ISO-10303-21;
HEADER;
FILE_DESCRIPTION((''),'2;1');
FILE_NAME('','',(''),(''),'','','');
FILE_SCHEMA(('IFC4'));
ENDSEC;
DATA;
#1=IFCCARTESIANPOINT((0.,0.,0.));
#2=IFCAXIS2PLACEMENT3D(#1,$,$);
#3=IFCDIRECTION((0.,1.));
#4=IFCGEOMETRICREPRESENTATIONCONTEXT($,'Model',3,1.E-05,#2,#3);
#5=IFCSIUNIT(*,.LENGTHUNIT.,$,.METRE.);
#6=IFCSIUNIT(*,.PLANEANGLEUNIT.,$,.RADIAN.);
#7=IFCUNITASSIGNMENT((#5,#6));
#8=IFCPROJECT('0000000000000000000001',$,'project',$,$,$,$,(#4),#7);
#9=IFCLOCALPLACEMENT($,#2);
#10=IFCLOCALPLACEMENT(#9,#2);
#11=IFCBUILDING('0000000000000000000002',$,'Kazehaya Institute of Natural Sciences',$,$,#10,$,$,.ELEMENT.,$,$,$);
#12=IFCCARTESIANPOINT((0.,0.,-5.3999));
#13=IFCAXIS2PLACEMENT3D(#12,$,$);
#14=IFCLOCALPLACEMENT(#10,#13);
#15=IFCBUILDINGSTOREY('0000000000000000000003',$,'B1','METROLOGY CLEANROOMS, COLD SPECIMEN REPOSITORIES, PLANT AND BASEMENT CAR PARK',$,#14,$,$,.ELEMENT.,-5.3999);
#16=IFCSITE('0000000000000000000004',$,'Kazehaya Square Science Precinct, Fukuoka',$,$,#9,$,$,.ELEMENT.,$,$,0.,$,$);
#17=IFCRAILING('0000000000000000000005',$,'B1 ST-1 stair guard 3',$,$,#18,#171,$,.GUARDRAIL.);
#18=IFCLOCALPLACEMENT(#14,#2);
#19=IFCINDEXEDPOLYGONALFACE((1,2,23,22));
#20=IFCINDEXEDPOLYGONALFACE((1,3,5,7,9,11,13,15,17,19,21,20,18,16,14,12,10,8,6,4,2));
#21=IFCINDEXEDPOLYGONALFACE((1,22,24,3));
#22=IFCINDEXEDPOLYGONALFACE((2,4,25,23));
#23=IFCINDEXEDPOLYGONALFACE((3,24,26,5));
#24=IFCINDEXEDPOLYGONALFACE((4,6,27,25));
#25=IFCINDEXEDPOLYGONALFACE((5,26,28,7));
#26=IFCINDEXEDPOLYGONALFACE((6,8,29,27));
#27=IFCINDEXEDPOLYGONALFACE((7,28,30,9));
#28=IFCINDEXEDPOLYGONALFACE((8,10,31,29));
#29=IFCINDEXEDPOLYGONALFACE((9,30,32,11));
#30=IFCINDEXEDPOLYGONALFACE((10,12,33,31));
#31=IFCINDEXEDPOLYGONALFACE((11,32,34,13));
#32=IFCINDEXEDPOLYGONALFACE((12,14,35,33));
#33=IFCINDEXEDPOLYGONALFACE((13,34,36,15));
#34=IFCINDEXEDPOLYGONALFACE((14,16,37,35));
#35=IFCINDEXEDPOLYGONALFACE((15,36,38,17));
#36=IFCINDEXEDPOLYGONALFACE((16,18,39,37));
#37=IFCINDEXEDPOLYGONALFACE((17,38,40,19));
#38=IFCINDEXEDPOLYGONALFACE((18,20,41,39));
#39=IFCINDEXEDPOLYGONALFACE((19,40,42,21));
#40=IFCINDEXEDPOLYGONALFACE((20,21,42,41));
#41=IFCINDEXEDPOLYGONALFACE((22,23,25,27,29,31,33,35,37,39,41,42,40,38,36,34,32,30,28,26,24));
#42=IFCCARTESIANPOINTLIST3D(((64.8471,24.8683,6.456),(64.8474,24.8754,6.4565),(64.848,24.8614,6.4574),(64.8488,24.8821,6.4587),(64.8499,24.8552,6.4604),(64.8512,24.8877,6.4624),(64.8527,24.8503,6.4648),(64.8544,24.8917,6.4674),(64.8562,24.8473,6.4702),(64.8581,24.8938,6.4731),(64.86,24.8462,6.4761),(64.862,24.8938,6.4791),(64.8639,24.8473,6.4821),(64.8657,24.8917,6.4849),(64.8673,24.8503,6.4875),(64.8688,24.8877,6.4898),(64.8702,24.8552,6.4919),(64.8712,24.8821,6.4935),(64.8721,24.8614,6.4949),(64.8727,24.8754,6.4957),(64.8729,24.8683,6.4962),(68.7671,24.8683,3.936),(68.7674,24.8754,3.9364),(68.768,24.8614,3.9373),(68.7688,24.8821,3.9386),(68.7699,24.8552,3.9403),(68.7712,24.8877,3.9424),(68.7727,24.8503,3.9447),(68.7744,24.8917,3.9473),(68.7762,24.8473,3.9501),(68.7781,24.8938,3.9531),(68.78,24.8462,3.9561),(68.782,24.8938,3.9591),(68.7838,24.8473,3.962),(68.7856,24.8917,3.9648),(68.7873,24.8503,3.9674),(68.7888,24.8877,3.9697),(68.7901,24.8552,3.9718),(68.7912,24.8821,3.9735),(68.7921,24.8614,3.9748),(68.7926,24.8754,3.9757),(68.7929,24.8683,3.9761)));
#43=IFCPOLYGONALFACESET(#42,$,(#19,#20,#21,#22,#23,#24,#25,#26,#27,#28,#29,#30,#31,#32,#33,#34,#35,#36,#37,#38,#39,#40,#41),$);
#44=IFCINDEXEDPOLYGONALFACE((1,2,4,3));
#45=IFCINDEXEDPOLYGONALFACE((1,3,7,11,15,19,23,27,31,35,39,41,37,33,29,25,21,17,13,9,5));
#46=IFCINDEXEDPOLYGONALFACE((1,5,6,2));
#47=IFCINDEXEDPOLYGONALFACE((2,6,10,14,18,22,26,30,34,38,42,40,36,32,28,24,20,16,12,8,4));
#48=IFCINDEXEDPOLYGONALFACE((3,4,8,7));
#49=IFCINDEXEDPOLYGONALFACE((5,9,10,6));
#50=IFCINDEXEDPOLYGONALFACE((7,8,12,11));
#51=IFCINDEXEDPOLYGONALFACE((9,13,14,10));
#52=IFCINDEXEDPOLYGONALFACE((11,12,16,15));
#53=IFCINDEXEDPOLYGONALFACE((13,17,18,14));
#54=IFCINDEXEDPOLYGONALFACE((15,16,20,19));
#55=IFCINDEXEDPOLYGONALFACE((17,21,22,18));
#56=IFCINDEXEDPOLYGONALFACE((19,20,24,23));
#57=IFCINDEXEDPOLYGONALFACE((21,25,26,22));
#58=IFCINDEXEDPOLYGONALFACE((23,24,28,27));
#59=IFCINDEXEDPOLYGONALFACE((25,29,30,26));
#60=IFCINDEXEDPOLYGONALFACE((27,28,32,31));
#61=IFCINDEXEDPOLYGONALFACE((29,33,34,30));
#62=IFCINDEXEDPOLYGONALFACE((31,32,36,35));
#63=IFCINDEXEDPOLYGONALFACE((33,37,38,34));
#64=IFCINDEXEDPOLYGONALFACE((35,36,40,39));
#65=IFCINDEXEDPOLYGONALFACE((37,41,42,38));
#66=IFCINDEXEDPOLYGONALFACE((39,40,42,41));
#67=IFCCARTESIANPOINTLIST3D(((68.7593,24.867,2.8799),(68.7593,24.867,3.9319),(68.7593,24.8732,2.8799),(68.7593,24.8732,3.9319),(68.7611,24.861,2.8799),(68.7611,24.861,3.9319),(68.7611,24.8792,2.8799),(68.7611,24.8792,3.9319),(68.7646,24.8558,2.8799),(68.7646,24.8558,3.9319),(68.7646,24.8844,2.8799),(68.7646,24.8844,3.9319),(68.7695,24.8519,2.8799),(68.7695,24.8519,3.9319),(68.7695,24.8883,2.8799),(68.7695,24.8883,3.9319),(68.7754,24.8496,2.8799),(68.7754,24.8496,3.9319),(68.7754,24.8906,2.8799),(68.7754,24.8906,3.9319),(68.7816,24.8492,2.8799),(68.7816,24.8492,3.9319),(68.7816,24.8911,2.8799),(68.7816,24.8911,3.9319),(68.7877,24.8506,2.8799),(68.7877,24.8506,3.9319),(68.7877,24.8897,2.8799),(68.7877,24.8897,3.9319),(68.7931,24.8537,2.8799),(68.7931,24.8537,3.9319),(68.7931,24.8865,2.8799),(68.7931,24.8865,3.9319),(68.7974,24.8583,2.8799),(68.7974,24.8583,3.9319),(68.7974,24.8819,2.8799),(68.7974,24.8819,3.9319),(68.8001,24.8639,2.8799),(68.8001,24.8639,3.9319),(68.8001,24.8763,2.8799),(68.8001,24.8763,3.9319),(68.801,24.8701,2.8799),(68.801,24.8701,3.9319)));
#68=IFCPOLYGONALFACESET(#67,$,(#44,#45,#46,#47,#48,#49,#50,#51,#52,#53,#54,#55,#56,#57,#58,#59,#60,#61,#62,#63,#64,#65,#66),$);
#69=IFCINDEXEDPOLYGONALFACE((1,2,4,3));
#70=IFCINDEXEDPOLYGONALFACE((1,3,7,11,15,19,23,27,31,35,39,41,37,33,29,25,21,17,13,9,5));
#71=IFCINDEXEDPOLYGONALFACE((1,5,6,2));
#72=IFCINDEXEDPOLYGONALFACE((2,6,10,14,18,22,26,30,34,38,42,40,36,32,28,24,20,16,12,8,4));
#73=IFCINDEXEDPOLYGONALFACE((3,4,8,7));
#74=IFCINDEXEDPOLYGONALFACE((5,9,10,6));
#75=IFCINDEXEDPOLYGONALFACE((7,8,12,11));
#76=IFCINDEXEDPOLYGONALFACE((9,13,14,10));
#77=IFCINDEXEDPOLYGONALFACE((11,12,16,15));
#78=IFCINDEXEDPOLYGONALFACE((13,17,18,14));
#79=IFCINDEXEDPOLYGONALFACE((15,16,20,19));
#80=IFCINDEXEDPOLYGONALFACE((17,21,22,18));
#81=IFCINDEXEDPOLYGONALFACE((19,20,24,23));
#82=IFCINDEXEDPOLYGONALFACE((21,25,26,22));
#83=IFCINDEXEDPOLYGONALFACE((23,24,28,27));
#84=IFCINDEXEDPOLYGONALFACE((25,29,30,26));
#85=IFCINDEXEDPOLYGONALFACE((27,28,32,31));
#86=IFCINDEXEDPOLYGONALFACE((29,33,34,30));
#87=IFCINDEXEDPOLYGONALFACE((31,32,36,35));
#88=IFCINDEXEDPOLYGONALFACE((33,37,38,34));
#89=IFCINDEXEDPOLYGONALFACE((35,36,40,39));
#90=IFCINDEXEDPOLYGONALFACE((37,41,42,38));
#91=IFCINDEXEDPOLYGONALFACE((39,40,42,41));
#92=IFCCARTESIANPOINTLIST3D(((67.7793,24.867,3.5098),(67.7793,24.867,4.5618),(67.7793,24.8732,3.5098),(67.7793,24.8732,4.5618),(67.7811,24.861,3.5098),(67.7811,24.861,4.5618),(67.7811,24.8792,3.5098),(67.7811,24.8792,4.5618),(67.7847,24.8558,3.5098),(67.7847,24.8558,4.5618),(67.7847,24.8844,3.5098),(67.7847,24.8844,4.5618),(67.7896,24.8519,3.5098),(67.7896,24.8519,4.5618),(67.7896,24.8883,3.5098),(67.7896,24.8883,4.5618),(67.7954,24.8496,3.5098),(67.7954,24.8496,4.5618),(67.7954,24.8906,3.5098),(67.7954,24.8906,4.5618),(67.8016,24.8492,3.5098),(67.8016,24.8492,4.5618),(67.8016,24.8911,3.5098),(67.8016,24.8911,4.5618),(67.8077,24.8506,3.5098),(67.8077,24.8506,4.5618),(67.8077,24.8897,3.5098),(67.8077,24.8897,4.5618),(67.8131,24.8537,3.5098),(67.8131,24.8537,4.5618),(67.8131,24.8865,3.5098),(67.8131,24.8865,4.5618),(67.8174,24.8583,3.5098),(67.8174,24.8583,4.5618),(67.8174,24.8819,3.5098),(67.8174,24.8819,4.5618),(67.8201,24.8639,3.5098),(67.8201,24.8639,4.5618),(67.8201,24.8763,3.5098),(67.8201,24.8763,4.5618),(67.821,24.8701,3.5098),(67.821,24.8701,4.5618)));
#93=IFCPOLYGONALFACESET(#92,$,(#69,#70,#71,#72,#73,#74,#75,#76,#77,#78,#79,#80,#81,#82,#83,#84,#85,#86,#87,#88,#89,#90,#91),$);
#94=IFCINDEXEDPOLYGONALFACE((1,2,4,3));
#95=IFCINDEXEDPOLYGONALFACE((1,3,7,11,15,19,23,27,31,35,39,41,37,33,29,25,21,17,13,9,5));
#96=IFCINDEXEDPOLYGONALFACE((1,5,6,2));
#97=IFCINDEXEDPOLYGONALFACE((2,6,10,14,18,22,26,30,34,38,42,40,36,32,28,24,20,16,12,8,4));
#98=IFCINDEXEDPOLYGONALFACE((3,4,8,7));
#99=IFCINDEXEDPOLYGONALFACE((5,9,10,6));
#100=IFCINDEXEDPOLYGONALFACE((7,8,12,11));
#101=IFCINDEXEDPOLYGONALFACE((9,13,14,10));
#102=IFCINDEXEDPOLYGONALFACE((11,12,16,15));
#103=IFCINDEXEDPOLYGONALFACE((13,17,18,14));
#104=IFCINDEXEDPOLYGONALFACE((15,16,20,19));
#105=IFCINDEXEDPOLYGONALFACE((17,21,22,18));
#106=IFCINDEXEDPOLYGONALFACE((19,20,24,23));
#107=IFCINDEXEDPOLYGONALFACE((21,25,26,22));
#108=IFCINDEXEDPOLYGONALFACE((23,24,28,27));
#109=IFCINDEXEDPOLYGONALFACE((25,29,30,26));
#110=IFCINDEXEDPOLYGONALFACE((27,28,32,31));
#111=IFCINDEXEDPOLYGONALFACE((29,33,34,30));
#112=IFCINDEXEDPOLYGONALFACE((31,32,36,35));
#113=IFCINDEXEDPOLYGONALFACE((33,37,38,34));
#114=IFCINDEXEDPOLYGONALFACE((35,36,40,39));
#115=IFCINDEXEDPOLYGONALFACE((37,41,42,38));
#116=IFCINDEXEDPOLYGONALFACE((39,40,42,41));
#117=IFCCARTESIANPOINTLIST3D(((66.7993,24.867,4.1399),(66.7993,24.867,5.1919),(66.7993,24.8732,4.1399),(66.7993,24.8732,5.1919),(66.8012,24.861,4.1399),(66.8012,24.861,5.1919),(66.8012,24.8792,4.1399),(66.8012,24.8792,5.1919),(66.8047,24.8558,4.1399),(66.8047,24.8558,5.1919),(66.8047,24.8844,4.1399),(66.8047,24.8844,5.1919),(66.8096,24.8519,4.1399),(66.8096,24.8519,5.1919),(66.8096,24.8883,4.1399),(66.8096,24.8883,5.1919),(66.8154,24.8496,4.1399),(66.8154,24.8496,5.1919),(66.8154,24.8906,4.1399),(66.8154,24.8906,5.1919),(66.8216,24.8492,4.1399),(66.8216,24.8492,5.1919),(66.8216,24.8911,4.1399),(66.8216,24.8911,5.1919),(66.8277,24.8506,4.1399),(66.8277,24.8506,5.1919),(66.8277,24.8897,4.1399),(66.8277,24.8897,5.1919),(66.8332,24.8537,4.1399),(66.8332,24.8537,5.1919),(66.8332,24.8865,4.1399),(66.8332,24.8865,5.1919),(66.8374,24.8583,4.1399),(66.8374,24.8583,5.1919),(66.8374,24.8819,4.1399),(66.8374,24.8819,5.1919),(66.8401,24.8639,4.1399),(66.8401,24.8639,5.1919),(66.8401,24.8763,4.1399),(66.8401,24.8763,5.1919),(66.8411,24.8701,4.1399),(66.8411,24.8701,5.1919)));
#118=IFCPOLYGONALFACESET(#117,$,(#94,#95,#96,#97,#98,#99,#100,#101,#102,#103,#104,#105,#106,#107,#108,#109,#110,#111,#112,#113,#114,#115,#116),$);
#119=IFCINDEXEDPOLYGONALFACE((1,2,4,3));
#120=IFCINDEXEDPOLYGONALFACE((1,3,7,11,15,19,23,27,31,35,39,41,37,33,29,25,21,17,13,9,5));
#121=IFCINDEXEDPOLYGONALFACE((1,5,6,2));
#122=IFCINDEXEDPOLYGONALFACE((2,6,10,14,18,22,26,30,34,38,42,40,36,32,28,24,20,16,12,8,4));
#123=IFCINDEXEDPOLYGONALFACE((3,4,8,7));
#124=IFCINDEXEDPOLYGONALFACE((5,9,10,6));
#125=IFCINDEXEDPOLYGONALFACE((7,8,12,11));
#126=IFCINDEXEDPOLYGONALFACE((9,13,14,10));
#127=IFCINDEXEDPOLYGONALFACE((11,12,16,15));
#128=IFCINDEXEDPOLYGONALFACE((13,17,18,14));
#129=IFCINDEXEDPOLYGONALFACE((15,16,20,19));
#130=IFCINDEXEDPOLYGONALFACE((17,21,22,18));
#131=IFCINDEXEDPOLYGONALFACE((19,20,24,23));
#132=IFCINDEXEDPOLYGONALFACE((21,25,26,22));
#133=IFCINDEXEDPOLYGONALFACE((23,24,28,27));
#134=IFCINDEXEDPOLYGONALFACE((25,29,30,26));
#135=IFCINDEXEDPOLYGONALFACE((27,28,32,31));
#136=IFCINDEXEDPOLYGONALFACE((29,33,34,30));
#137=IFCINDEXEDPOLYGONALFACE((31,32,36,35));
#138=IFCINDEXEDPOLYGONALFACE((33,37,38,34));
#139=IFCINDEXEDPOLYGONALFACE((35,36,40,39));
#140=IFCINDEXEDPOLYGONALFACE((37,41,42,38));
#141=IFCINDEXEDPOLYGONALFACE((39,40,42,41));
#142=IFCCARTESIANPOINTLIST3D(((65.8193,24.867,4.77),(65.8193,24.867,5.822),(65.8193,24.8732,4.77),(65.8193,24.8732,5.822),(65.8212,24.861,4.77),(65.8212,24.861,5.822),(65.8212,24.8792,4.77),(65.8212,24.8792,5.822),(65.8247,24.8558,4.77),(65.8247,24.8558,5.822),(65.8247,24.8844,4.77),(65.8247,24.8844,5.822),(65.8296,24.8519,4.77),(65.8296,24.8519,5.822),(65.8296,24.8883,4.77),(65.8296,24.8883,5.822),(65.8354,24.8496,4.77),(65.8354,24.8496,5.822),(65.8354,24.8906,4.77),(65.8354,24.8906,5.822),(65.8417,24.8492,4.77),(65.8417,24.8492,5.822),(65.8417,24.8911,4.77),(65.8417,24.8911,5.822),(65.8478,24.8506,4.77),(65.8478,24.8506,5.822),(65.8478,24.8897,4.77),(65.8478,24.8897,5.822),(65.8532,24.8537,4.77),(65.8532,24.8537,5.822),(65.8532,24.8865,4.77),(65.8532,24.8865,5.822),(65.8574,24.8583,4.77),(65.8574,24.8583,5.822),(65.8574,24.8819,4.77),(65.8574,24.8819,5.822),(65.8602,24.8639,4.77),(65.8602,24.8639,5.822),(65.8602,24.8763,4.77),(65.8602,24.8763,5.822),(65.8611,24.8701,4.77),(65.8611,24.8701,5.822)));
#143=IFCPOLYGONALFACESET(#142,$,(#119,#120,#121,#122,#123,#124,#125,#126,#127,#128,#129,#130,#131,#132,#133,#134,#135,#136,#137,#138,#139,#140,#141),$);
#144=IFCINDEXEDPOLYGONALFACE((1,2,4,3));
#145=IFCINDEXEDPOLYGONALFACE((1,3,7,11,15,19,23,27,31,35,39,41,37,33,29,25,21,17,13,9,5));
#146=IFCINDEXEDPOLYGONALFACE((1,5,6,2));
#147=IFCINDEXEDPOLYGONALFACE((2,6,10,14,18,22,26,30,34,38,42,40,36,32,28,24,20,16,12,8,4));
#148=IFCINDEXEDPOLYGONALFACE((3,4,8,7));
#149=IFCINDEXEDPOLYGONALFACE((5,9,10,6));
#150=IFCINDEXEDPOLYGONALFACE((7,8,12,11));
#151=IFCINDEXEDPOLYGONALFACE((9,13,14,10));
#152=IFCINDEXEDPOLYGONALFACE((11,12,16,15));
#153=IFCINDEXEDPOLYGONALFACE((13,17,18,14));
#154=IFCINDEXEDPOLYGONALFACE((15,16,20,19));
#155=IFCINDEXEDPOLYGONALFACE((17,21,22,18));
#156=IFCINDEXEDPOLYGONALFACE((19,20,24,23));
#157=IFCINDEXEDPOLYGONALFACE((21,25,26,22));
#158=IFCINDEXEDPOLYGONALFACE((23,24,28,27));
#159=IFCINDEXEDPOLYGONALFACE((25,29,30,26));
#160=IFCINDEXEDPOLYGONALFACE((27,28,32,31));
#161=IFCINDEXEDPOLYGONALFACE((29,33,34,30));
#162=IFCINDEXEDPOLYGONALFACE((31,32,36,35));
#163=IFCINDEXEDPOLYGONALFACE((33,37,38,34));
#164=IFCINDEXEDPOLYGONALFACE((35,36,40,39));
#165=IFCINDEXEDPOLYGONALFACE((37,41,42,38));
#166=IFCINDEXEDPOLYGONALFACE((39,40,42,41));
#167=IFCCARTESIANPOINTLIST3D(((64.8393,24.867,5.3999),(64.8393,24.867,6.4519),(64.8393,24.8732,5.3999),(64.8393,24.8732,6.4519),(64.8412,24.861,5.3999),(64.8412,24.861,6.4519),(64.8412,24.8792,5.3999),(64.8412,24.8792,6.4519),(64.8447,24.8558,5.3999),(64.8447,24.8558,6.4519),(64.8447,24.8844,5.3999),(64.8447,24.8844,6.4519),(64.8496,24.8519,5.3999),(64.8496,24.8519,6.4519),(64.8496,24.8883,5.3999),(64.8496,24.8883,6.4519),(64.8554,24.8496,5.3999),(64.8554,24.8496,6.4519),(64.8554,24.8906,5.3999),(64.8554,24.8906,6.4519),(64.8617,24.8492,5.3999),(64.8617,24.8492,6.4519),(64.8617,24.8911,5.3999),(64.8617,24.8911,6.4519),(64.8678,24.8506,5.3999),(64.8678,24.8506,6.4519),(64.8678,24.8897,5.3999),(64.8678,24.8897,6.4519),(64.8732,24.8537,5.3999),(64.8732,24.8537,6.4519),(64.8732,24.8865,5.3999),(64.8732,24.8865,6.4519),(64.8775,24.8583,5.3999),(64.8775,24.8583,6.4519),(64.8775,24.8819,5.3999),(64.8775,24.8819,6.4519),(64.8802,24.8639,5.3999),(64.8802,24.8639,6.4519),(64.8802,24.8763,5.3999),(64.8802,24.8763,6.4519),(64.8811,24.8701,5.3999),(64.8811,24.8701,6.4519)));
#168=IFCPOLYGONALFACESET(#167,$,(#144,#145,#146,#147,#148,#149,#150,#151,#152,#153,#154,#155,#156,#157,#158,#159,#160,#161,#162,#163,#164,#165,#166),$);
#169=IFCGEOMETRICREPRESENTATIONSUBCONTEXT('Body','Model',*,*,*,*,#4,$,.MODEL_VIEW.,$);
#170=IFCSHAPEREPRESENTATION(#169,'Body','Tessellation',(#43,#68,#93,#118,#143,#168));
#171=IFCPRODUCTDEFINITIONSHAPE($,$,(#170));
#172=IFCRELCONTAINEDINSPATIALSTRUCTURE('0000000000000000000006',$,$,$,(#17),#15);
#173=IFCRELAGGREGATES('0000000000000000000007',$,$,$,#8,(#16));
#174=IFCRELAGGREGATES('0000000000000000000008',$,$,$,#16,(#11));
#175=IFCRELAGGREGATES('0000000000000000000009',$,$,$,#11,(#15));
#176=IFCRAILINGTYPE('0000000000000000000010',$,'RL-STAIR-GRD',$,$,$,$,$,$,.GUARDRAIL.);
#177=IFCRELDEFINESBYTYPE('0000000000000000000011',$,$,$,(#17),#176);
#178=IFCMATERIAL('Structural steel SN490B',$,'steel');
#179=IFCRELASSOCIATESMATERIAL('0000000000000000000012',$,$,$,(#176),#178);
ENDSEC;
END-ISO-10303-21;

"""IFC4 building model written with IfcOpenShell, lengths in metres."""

from ifc_helpers import new_model, si_unit, direction, frame, origin, origin_2d, place, context, subcontext, project, spatial, circle, extrude, material, type_object, element, save


model = new_model("IFC4")

# Units and contexts
model_context = context("Model", 3, precision=1e-05, world=origin(), true_north=direction((0.0, 1.0)))
body_context = subcontext(model_context, "Body", "Model", "MODEL_VIEW")
ifc_project = project(units=[si_unit("LENGTHUNIT", "METRE"), si_unit("PLANEANGLEUNIT", "RADIAN")], contexts=[model_context])

# Site, building, storey
site_placement = place(None, origin())
site = spatial("IfcSite", under=ifc_project, at=site_placement, Name="Kazehaya Square Science Precinct, Fukuoka", CompositionType="ELEMENT", RefElevation=0.0)
building_placement = place(site_placement, origin())
building = spatial("IfcBuilding", under=site, at=building_placement, Name="Kazehaya Institute of Natural Sciences", CompositionType="ELEMENT")
storey_placement = place(building_placement, frame((0.0, 0.0, -5.3999)))
storey = spatial("IfcBuildingStorey", under=building, at=storey_placement, Name="B1", Description="METROLOGY CLEANROOMS, COLD SPECIMEN REPOSITORIES, PLANT AND BASEMENT CAR PARK", CompositionType="ELEMENT", Elevation=-5.3999)

# Railing
ifc_material_1 = material(Name="Structural steel SN490B", Category="steel")
railing_type_1 = type_object("IfcRailingType", Name="RL-STAIR-GRD", PredefinedType="GUARDRAIL", material=ifc_material_1)
railing_1_placement = place(storey_placement, frame((68.78, 24.8701, 2.8799)))
element("IfcRailing", 1, at=railing_1_placement, inside=storey, type_object=railing_type_1, Name="B1 ST-1 stair guard 3", PredefinedType="GUARDRAIL", context=body_context, shape_type="SweptSolid", body=[
    extrude(circle(Radius=0.0239, at=origin_2d()), frame((0.0, 0.0, 1.0762), z_axis=(-0.841172, 0.0, 0.540768), x_axis=(0.0, -1.0, 0.0)), (0.0, 0.0, 1.0), 4.6602),
    extrude(circle(Radius=0.021, at=origin_2d()), origin(), (0.0, 0.0, 1.0), 1.052),
    extrude(circle(Radius=0.021, at=origin_2d()), frame((-0.98, 0.0, 0.6299)), (0.0, 0.0, 1.0), 1.052),
    extrude(circle(Radius=0.021, at=origin_2d()), frame((-1.96, 0.0, 1.26)), (0.0, 0.0, 1.0), 1.052),
    extrude(circle(Radius=0.021, at=origin_2d()), frame((-2.9399, 0.0, 1.8901)), (0.0, 0.0, 1.0), 1.052),
    extrude(circle(Radius=0.021, at=origin_2d()), frame((-3.9199, 0.0, 2.52)), (0.0, 0.0, 1.0), 1.052),
])

save(model, "model.ifc")
